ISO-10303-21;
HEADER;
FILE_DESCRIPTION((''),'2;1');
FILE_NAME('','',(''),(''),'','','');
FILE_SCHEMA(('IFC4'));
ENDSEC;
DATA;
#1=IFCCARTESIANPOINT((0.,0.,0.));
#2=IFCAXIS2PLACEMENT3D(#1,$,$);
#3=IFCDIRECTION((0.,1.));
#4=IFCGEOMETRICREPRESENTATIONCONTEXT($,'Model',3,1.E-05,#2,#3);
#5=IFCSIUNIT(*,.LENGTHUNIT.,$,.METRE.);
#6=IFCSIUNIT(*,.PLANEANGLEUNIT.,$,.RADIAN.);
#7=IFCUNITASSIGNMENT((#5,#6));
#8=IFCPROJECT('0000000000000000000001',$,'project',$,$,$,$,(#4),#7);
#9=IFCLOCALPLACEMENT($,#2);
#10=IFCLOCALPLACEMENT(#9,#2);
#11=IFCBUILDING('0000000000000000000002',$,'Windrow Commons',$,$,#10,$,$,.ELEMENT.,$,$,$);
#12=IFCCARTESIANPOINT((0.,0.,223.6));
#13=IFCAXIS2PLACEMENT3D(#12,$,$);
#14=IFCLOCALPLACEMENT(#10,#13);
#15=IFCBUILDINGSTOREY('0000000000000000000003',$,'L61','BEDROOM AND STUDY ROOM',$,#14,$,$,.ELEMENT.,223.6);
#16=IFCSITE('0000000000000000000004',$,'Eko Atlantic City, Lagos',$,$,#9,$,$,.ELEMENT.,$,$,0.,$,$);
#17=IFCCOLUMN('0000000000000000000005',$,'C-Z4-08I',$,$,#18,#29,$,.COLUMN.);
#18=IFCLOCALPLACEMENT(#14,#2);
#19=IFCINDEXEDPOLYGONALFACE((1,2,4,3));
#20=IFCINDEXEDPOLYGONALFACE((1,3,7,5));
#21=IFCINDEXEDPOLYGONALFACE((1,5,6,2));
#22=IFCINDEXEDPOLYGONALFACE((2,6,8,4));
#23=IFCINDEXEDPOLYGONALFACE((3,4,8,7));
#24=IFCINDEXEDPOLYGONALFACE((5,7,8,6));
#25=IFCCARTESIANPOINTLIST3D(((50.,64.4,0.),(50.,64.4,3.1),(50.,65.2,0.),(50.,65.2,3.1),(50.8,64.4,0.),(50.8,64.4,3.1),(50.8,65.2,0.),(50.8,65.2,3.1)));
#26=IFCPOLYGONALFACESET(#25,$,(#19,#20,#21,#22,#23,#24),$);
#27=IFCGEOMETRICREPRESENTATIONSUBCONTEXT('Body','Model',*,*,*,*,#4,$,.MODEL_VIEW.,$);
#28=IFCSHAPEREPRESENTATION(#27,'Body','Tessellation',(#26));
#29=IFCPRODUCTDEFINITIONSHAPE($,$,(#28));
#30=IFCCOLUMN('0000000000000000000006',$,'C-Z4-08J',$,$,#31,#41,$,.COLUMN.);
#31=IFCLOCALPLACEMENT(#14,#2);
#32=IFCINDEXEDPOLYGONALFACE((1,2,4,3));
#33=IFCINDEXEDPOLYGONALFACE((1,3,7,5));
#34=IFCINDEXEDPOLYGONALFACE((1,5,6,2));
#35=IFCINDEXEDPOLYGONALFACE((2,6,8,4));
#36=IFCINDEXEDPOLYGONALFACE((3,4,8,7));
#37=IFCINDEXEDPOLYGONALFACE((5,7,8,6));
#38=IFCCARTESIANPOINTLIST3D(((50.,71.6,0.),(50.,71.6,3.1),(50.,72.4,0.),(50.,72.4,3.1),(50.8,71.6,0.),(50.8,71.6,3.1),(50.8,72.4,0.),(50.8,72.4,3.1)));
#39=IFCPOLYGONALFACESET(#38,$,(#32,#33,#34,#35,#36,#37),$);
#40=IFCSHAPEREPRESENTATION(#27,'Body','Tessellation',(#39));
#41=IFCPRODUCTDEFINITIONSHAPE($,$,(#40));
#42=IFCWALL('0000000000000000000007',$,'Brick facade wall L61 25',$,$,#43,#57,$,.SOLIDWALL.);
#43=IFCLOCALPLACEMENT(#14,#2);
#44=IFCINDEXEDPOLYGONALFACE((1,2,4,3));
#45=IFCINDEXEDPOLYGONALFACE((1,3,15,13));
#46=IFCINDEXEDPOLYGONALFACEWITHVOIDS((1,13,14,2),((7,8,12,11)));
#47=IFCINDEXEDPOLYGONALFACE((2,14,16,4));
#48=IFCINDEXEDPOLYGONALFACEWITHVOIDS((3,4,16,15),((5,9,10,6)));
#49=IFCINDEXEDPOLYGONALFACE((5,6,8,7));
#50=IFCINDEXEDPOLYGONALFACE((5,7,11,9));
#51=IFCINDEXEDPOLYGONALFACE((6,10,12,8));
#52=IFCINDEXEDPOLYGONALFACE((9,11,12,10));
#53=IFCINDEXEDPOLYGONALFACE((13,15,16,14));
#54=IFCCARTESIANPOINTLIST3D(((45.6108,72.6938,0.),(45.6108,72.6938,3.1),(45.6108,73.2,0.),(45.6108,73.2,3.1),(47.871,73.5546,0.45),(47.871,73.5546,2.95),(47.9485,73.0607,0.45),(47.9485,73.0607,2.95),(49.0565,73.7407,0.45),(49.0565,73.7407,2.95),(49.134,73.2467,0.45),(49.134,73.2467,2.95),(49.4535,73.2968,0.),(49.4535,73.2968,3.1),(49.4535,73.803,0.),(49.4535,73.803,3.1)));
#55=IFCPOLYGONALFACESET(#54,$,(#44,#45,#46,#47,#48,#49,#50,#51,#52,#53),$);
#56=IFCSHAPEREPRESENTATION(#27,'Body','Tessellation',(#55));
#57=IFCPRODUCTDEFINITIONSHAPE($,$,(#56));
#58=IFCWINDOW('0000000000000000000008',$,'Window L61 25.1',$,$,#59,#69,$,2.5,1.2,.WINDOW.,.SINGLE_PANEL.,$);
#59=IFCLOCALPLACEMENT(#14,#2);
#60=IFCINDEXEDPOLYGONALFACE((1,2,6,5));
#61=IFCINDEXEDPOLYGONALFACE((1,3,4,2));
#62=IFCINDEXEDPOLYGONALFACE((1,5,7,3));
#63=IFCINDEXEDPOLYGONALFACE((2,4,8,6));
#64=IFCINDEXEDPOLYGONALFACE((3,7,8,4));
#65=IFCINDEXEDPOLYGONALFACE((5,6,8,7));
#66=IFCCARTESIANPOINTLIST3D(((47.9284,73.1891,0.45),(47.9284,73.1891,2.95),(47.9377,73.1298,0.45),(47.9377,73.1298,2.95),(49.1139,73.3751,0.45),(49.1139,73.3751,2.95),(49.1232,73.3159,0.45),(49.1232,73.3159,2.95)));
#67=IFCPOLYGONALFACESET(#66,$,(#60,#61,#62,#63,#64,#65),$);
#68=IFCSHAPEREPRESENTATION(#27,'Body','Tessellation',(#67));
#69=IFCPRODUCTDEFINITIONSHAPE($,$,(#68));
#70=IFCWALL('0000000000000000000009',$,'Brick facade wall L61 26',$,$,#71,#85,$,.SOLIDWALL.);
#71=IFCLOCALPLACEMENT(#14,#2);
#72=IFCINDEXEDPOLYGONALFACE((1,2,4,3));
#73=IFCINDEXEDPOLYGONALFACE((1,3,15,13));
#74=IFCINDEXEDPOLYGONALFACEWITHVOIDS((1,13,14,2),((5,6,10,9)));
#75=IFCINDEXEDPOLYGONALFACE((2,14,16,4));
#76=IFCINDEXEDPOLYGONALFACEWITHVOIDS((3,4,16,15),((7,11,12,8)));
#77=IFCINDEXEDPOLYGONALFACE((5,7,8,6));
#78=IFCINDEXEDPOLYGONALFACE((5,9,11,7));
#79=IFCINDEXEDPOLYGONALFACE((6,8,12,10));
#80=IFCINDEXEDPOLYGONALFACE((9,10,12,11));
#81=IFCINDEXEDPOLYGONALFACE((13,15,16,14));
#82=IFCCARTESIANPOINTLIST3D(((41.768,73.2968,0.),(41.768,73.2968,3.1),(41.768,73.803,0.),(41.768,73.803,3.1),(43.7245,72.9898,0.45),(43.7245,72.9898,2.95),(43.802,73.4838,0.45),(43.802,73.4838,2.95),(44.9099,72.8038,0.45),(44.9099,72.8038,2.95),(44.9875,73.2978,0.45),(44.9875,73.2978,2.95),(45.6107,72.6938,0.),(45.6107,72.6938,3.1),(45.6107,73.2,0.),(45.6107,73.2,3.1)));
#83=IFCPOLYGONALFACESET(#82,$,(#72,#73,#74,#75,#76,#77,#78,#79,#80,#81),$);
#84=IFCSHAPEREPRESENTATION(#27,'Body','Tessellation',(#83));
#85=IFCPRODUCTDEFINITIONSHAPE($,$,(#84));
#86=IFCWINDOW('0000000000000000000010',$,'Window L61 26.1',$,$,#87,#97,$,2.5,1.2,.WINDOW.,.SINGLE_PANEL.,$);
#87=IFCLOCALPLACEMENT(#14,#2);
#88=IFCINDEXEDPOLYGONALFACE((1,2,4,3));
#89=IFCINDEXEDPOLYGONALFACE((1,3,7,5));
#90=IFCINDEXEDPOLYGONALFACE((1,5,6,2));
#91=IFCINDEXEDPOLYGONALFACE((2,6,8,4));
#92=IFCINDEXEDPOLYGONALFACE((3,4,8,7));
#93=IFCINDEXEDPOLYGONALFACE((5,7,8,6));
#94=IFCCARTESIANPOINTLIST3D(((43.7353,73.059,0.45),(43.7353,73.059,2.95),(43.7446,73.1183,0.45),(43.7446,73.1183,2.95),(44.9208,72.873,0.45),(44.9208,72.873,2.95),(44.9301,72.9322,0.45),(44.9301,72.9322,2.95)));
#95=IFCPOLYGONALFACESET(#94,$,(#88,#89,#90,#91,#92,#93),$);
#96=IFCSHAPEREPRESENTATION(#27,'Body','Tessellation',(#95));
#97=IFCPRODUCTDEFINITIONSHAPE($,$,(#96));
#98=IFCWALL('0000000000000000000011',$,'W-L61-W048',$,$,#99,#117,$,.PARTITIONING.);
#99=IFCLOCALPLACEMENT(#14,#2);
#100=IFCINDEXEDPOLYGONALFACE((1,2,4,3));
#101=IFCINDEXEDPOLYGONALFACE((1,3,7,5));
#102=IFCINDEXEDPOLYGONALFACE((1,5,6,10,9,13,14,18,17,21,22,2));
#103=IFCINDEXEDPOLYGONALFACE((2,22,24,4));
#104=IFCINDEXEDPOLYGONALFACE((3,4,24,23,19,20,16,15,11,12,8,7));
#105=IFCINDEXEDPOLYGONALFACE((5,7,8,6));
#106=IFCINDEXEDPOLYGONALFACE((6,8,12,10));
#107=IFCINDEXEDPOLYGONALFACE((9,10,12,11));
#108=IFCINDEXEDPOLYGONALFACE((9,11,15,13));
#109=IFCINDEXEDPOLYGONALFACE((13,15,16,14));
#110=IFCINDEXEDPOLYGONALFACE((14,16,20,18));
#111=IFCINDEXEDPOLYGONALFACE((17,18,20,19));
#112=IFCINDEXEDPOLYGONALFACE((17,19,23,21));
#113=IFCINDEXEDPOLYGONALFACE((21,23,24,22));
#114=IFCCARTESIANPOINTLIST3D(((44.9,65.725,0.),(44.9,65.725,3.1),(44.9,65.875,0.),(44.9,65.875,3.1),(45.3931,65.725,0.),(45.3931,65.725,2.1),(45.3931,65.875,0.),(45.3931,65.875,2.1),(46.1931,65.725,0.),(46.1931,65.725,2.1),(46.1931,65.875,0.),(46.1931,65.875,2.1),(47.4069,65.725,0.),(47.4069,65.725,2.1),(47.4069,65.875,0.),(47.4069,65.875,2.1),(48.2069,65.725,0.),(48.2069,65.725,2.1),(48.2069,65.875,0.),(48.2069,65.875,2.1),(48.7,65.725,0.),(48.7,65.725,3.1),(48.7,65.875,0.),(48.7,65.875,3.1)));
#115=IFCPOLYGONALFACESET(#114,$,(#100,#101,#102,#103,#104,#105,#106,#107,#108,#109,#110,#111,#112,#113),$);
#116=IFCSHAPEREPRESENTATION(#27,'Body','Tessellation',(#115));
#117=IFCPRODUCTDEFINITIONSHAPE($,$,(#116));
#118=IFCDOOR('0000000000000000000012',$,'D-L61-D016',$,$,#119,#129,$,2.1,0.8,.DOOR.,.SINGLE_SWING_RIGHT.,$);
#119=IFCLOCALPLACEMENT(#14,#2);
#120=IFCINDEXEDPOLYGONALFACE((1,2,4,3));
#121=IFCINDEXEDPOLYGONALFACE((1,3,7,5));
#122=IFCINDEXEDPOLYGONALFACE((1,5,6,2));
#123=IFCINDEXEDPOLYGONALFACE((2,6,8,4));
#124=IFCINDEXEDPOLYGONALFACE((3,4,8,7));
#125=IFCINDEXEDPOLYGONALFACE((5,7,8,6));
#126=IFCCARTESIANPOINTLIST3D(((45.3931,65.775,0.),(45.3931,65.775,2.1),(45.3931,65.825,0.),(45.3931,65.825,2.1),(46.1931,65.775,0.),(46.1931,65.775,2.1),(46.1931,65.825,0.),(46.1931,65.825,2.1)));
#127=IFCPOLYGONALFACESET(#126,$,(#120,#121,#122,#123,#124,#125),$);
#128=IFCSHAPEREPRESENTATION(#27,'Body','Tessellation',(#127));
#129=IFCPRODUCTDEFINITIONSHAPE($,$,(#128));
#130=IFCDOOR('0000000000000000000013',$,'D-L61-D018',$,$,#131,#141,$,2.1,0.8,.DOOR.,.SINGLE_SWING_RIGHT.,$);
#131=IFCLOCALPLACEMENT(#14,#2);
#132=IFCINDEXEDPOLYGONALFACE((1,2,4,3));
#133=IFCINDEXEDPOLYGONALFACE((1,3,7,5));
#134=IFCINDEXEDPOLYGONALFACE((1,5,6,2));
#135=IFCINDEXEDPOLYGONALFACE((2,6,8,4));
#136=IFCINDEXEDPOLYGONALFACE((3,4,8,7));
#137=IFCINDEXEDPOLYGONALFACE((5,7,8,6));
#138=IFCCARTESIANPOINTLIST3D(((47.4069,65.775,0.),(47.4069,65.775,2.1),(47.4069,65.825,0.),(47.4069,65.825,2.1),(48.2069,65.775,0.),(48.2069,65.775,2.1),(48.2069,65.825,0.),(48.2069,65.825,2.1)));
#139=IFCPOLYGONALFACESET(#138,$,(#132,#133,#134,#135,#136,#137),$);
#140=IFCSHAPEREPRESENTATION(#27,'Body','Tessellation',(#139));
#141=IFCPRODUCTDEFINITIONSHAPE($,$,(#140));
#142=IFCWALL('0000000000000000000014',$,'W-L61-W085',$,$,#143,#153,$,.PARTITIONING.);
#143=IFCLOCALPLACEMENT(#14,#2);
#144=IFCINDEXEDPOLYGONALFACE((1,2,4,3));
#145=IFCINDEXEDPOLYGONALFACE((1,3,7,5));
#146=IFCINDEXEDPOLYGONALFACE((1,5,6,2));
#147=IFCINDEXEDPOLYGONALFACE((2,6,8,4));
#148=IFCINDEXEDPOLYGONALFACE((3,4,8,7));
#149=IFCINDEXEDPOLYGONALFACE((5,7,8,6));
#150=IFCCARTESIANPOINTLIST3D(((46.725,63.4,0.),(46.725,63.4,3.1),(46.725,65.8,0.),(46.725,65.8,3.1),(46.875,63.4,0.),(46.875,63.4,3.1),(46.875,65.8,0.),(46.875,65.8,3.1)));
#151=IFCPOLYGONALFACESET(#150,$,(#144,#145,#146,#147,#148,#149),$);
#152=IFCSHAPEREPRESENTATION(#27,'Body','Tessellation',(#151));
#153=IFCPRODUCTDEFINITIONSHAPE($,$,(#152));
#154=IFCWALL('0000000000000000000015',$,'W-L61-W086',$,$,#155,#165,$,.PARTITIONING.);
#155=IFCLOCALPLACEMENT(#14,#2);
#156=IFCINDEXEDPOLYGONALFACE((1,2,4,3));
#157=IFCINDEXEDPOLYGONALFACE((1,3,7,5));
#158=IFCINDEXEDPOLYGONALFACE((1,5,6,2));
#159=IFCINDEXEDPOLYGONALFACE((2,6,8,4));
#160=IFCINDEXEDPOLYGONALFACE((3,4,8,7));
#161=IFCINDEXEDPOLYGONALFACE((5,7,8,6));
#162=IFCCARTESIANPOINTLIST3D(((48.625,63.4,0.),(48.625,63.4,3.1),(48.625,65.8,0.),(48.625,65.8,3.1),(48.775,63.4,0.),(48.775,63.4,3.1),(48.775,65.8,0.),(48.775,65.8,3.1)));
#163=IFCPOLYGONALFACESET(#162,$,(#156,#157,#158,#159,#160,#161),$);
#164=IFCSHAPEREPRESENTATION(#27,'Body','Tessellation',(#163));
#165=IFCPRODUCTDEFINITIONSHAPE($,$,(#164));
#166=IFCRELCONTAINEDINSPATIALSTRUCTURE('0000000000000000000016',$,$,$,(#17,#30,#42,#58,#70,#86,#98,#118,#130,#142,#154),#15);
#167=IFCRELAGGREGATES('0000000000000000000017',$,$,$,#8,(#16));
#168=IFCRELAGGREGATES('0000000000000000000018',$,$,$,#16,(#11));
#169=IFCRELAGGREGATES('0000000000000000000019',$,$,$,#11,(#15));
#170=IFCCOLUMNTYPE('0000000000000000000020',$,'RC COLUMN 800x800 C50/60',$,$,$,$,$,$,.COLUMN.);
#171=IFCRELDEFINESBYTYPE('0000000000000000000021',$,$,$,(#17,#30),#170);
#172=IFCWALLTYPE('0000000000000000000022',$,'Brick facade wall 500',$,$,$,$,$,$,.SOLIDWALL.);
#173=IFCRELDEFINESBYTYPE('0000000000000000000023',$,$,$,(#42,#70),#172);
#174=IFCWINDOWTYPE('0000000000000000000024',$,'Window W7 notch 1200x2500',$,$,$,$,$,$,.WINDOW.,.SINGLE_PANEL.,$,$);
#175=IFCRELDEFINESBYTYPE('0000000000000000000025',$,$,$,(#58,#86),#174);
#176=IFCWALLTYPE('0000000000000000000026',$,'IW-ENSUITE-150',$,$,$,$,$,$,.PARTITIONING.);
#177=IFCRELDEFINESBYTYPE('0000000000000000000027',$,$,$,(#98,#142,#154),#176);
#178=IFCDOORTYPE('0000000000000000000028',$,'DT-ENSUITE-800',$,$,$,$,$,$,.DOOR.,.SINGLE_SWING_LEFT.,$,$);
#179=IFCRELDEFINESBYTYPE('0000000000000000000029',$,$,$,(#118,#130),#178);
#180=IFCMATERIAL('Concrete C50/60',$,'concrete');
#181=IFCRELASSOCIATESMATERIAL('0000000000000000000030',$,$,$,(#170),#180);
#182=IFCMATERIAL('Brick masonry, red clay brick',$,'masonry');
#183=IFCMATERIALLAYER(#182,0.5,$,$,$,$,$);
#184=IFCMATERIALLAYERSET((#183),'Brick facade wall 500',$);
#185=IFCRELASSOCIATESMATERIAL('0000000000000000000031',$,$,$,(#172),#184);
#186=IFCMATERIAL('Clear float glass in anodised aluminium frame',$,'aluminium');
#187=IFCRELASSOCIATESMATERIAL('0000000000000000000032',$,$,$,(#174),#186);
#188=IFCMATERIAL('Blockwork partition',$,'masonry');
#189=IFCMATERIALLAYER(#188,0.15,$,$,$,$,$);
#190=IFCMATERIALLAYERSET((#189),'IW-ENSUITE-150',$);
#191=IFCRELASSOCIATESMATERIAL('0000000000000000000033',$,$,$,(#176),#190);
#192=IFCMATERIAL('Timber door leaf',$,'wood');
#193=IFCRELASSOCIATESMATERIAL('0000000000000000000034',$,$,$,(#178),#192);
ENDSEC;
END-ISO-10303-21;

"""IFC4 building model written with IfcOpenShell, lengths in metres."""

from ifc_helpers import new_model, si_unit, direction, frame, frame_2d, origin, origin_2d, place, context, subcontext, project, spatial, polyline, rectangle, outline, extrude, material, layer, layer_set, material_profile, profile_set, type_object, element, fill, save


model = new_model("IFC4")

# Units and contexts
model_context = context("Model", 3, precision=1e-05, world=origin(), true_north=direction((0.0, 1.0)))
body_context = subcontext(model_context, "Body", "Model", "MODEL_VIEW")
ifc_project = project(units=[si_unit("LENGTHUNIT", "METRE"), si_unit("PLANEANGLEUNIT", "RADIAN")], contexts=[model_context])

# Site, building, storey
site_placement = place(None, origin())
site = spatial("IfcSite", under=ifc_project, at=site_placement, Name="Eko Atlantic City, Lagos", CompositionType="ELEMENT", RefElevation=0.0)
building_placement = place(site_placement, origin())
building = spatial("IfcBuilding", under=site, at=building_placement, Name="Windrow Commons", CompositionType="ELEMENT")
storey_placement = place(building_placement, frame((0.0, 0.0, 223.6)))
storey = spatial("IfcBuildingStorey", under=building, at=storey_placement, Name="L61", Description="BEDROOM AND STUDY ROOM", CompositionType="ELEMENT", Elevation=223.6)

# Columns
ifc_material_1 = material(Name="Concrete C50/60", Category="concrete")
ifc_material_profile = material_profile(ifc_material_1, rectangle(XDim=0.8, YDim=0.8, at=origin_2d()))
ifc_profile_set = profile_set([ifc_material_profile], Name="Concrete C50/60")
column_type = type_object("IfcColumnType", Name="RC COLUMN 800x800 C50/60", PredefinedType="COLUMN", material=ifc_profile_set)
for number, where, z_axis, x_axis, name in (
    (1, (50.4, 64.8, 0.0), (0.0, 0.0, 1.0), (1.0, 0.0, 0.0), "C-Z4-08I"),
    (2, (50.4, 72.0, 0.0), (0.0, 0.0, 1.0), (1.0, 0.0, 0.0), "C-Z4-08J"),
):
    element("IfcColumn", number, at=place(storey_placement, frame(where, z_axis=z_axis, x_axis=x_axis)), inside=storey, type_object=column_type, Name=name, PredefinedType="COLUMN", context=body_context, shape_type="SweptSolid", body=[
        extrude(rectangle(XDim=0.8, YDim=0.8, at=origin_2d()), origin(), (0.0, 0.0, 1.0), 3.1),
    ])

# Walls, openings, windows
ifc_material_2 = material(Name="Brick masonry, red clay brick", Category="masonry")
ifc_layer_1 = layer(ifc_material_2, 0.5)
ifc_layer_set_1 = layer_set([ifc_layer_1], Name="Brick facade wall 500")
wall_type_1 = type_object("IfcWallType", Name="Brick facade wall 500", PredefinedType="SOLIDWALL", material=ifc_layer_set_1)
wall_1_placement = place(storey_placement, frame((49.4535, 73.5499, 0.0), z_axis=(0.0, 0.0, 1.0), x_axis=(-0.987911, -0.15502, 0.0)))
wall_1 = element("IfcWall", 3, at=wall_1_placement, inside=storey, type_object=wall_type_1, Name="Brick facade wall L61 25", PredefinedType="SOLIDWALL", context=body_context, shape_type="SweptSolid", body=[
    extrude(outline(polyline([(-0.0392, -0.25), (3.8505, -0.25), (3.929, 0.25), (0.0392, 0.25), (-0.0392, -0.25)])), origin(), (0.0, 0.0, 1.0), 3.1),
])
opening_1_placement = place(wall_1_placement, frame((0.3626, 0.0, 0.45)))
opening_1 = element("IfcOpeningElement", 4, at=opening_1_placement, cuts=wall_1, PredefinedType="OPENING", context=body_context, shape_type="SweptSolid", body=[
    extrude(rectangle(XDim=1.2, YDim=2.5, at=frame_2d((0.6, 1.25))), frame((0.0, 0.26, 0.0), z_axis=(0.0, -1.0, 0.0), x_axis=(1.0, 0.0, 0.0)), (0.0, 0.0, 1.0), 0.52),
])
ifc_material_3 = material(Name="Clear float glass in anodised aluminium frame", Category="aluminium")
window_type = type_object("IfcWindowType", Name="Window W7 notch 1200x2500", PartitioningType="SINGLE_PANEL", PredefinedType="WINDOW", material=ifc_material_3)
window_1_placement = place(opening_1_placement, origin())
window_1 = element("IfcWindow", 5, at=window_1_placement, inside=storey, type_object=window_type, Name="Window L61 25.1", OverallHeight=2.5, OverallWidth=1.2, PartitioningType="SINGLE_PANEL", PredefinedType="WINDOW", context=body_context, shape_type="SweptSolid", body=[
    extrude(rectangle(XDim=1.2, YDim=2.5, at=frame_2d((0.6, 1.25))), frame((0.0, 0.18, 0.0), z_axis=(0.0, -1.0, 0.0), x_axis=(1.0, 0.0, 0.0)), (0.0, 0.0, 1.0), 0.06),
])
fill(opening_1, window_1)
wall_2_placement = place(storey_placement, frame((45.6107, 72.9469, 0.0), z_axis=(0.0, 0.0, 1.0), x_axis=(-0.987911, 0.155024, 0.0)))
wall_2 = element("IfcWall", 6, at=wall_2_placement, inside=storey, type_object=wall_type_1, Name="Brick facade wall L61 26", PredefinedType="SOLIDWALL", context=body_context, shape_type="SweptSolid", body=[
    extrude(outline(polyline([(0.0392, -0.25), (3.929, -0.25), (3.8505, 0.25), (-0.0392, 0.25), (0.0392, -0.25)])), origin(), (0.0, 0.0, 1.0), 3.1),
])
opening_2_placement = place(wall_2_placement, frame((0.6701, 0.0, 0.45)))
opening_2 = element("IfcOpeningElement", 7, at=opening_2_placement, cuts=wall_2, PredefinedType="OPENING", context=body_context, shape_type="SweptSolid", body=[
    extrude(rectangle(XDim=1.2, YDim=2.5, at=frame_2d((0.6, 1.25))), frame((0.0, 0.26, 0.0), z_axis=(0.0, -1.0, 0.0), x_axis=(1.0, 0.0, 0.0)), (0.0, 0.0, 1.0), 0.52),
])
window_2_placement = place(opening_2_placement, origin())
window_2 = element("IfcWindow", 8, at=window_2_placement, inside=storey, type_object=window_type, Name="Window L61 26.1", OverallHeight=2.5, OverallWidth=1.2, PartitioningType="SINGLE_PANEL", PredefinedType="WINDOW", context=body_context, shape_type="SweptSolid", body=[
    extrude(rectangle(XDim=1.2, YDim=2.5, at=frame_2d((0.6, 1.25))), frame((0.0, 0.18, 0.0), z_axis=(0.0, -1.0, 0.0), x_axis=(1.0, 0.0, 0.0)), (0.0, 0.0, 1.0), 0.06),
])
fill(opening_2, window_2)

# Wall, openings, doors
ifc_material_4 = material(Name="Blockwork partition", Category="masonry")
ifc_layer_2 = layer(ifc_material_4, 0.15)
ifc_layer_set_2 = layer_set([ifc_layer_2], Name="IW-ENSUITE-150")
wall_type_2 = type_object("IfcWallType", Name="IW-ENSUITE-150", PredefinedType="PARTITIONING", material=ifc_layer_set_2)
wall_3_placement = place(storey_placement, frame((44.9, 65.8, 0.0), z_axis=(0.0, 0.0, 1.0), x_axis=(1.0, 0.0, 0.0)))
wall_3 = element("IfcWall", 9, at=wall_3_placement, inside=storey, type_object=wall_type_2, Name="W-L61-W048", PredefinedType="PARTITIONING", context=body_context, shape_type="SweptSolid", body=[
    extrude(rectangle(XDim=3.8, YDim=0.15, at=frame_2d((1.9, 0.0))), origin(), (0.0, 0.0, 1.0), 3.1),
])
opening_3_placement = place(wall_3_placement, frame((0.4931, 0.0, 0.0)))
opening_3 = element("IfcOpeningElement", 10, at=opening_3_placement, cuts=wall_3, PredefinedType="OPENING", context=body_context, shape_type="SweptSolid", body=[
    extrude(rectangle(XDim=0.8, YDim=2.1, at=frame_2d((0.4, 1.05))), frame((0.0, 0.085, 0.0), z_axis=(0.0, -1.0, 0.0), x_axis=(1.0, 0.0, 0.0)), (0.0, 0.0, 1.0), 0.17),
])
opening_4_placement = place(wall_3_placement, frame((2.5069, 0.0, 0.0)))
opening_4 = element("IfcOpeningElement", 11, at=opening_4_placement, cuts=wall_3, PredefinedType="OPENING", context=body_context, shape_type="SweptSolid", body=[
    extrude(rectangle(XDim=0.8, YDim=2.1, at=frame_2d((0.4, 1.05))), frame((0.0, 0.085, 0.0), z_axis=(0.0, -1.0, 0.0), x_axis=(1.0, 0.0, 0.0)), (0.0, 0.0, 1.0), 0.17),
])
ifc_material_5 = material(Name="Timber door leaf", Category="wood")
door_type = type_object("IfcDoorType", Name="DT-ENSUITE-800", OperationType="SINGLE_SWING_LEFT", PredefinedType="DOOR", material=ifc_material_5)
door_1_placement = place(opening_3_placement, origin())
door_1 = element("IfcDoor", 12, at=door_1_placement, inside=storey, type_object=door_type, Name="D-L61-D016", OperationType="SINGLE_SWING_RIGHT", OverallHeight=2.1, OverallWidth=0.8, PredefinedType="DOOR", context=body_context, shape_type="SweptSolid", body=[
    extrude(rectangle(XDim=0.8, YDim=2.1, at=frame_2d((0.4, 1.05))), frame((0.0, 0.025, 0.0), z_axis=(0.0, -1.0, 0.0), x_axis=(1.0, 0.0, 0.0)), (0.0, 0.0, 1.0), 0.05),
])
fill(opening_3, door_1)
door_2_placement = place(opening_4_placement, origin())
door_2 = element("IfcDoor", 13, at=door_2_placement, inside=storey, type_object=door_type, Name="D-L61-D018", OperationType="SINGLE_SWING_RIGHT", OverallHeight=2.1, OverallWidth=0.8, PredefinedType="DOOR", context=body_context, shape_type="SweptSolid", body=[
    extrude(rectangle(XDim=0.8, YDim=2.1, at=frame_2d((0.4, 1.05))), frame((0.0, 0.025, 0.0), z_axis=(0.0, -1.0, 0.0), x_axis=(1.0, 0.0, 0.0)), (0.0, 0.0, 1.0), 0.05),
])
fill(opening_4, door_2)

# Walls
for number, where, z_axis, x_axis, name in (
    (14, (46.8, 63.4, 0.0), (0.0, 0.0, 1.0), (0.0, 1.0, 0.0), "W-L61-W085"),
    (15, (48.7, 63.4, 0.0), (0.0, 0.0, 1.0), (0.0, 1.0, 0.0), "W-L61-W086"),
):
    element("IfcWall", number, at=place(storey_placement, frame(where, z_axis=z_axis, x_axis=x_axis)), inside=storey, type_object=wall_type_2, Name=name, PredefinedType="PARTITIONING", context=body_context, shape_type="SweptSolid", body=[
        extrude(rectangle(XDim=2.4, YDim=0.15, at=frame_2d((1.2, 0.0))), origin(), (0.0, 0.0, 1.0), 3.1),
    ])

save(model, "model.ifc")
